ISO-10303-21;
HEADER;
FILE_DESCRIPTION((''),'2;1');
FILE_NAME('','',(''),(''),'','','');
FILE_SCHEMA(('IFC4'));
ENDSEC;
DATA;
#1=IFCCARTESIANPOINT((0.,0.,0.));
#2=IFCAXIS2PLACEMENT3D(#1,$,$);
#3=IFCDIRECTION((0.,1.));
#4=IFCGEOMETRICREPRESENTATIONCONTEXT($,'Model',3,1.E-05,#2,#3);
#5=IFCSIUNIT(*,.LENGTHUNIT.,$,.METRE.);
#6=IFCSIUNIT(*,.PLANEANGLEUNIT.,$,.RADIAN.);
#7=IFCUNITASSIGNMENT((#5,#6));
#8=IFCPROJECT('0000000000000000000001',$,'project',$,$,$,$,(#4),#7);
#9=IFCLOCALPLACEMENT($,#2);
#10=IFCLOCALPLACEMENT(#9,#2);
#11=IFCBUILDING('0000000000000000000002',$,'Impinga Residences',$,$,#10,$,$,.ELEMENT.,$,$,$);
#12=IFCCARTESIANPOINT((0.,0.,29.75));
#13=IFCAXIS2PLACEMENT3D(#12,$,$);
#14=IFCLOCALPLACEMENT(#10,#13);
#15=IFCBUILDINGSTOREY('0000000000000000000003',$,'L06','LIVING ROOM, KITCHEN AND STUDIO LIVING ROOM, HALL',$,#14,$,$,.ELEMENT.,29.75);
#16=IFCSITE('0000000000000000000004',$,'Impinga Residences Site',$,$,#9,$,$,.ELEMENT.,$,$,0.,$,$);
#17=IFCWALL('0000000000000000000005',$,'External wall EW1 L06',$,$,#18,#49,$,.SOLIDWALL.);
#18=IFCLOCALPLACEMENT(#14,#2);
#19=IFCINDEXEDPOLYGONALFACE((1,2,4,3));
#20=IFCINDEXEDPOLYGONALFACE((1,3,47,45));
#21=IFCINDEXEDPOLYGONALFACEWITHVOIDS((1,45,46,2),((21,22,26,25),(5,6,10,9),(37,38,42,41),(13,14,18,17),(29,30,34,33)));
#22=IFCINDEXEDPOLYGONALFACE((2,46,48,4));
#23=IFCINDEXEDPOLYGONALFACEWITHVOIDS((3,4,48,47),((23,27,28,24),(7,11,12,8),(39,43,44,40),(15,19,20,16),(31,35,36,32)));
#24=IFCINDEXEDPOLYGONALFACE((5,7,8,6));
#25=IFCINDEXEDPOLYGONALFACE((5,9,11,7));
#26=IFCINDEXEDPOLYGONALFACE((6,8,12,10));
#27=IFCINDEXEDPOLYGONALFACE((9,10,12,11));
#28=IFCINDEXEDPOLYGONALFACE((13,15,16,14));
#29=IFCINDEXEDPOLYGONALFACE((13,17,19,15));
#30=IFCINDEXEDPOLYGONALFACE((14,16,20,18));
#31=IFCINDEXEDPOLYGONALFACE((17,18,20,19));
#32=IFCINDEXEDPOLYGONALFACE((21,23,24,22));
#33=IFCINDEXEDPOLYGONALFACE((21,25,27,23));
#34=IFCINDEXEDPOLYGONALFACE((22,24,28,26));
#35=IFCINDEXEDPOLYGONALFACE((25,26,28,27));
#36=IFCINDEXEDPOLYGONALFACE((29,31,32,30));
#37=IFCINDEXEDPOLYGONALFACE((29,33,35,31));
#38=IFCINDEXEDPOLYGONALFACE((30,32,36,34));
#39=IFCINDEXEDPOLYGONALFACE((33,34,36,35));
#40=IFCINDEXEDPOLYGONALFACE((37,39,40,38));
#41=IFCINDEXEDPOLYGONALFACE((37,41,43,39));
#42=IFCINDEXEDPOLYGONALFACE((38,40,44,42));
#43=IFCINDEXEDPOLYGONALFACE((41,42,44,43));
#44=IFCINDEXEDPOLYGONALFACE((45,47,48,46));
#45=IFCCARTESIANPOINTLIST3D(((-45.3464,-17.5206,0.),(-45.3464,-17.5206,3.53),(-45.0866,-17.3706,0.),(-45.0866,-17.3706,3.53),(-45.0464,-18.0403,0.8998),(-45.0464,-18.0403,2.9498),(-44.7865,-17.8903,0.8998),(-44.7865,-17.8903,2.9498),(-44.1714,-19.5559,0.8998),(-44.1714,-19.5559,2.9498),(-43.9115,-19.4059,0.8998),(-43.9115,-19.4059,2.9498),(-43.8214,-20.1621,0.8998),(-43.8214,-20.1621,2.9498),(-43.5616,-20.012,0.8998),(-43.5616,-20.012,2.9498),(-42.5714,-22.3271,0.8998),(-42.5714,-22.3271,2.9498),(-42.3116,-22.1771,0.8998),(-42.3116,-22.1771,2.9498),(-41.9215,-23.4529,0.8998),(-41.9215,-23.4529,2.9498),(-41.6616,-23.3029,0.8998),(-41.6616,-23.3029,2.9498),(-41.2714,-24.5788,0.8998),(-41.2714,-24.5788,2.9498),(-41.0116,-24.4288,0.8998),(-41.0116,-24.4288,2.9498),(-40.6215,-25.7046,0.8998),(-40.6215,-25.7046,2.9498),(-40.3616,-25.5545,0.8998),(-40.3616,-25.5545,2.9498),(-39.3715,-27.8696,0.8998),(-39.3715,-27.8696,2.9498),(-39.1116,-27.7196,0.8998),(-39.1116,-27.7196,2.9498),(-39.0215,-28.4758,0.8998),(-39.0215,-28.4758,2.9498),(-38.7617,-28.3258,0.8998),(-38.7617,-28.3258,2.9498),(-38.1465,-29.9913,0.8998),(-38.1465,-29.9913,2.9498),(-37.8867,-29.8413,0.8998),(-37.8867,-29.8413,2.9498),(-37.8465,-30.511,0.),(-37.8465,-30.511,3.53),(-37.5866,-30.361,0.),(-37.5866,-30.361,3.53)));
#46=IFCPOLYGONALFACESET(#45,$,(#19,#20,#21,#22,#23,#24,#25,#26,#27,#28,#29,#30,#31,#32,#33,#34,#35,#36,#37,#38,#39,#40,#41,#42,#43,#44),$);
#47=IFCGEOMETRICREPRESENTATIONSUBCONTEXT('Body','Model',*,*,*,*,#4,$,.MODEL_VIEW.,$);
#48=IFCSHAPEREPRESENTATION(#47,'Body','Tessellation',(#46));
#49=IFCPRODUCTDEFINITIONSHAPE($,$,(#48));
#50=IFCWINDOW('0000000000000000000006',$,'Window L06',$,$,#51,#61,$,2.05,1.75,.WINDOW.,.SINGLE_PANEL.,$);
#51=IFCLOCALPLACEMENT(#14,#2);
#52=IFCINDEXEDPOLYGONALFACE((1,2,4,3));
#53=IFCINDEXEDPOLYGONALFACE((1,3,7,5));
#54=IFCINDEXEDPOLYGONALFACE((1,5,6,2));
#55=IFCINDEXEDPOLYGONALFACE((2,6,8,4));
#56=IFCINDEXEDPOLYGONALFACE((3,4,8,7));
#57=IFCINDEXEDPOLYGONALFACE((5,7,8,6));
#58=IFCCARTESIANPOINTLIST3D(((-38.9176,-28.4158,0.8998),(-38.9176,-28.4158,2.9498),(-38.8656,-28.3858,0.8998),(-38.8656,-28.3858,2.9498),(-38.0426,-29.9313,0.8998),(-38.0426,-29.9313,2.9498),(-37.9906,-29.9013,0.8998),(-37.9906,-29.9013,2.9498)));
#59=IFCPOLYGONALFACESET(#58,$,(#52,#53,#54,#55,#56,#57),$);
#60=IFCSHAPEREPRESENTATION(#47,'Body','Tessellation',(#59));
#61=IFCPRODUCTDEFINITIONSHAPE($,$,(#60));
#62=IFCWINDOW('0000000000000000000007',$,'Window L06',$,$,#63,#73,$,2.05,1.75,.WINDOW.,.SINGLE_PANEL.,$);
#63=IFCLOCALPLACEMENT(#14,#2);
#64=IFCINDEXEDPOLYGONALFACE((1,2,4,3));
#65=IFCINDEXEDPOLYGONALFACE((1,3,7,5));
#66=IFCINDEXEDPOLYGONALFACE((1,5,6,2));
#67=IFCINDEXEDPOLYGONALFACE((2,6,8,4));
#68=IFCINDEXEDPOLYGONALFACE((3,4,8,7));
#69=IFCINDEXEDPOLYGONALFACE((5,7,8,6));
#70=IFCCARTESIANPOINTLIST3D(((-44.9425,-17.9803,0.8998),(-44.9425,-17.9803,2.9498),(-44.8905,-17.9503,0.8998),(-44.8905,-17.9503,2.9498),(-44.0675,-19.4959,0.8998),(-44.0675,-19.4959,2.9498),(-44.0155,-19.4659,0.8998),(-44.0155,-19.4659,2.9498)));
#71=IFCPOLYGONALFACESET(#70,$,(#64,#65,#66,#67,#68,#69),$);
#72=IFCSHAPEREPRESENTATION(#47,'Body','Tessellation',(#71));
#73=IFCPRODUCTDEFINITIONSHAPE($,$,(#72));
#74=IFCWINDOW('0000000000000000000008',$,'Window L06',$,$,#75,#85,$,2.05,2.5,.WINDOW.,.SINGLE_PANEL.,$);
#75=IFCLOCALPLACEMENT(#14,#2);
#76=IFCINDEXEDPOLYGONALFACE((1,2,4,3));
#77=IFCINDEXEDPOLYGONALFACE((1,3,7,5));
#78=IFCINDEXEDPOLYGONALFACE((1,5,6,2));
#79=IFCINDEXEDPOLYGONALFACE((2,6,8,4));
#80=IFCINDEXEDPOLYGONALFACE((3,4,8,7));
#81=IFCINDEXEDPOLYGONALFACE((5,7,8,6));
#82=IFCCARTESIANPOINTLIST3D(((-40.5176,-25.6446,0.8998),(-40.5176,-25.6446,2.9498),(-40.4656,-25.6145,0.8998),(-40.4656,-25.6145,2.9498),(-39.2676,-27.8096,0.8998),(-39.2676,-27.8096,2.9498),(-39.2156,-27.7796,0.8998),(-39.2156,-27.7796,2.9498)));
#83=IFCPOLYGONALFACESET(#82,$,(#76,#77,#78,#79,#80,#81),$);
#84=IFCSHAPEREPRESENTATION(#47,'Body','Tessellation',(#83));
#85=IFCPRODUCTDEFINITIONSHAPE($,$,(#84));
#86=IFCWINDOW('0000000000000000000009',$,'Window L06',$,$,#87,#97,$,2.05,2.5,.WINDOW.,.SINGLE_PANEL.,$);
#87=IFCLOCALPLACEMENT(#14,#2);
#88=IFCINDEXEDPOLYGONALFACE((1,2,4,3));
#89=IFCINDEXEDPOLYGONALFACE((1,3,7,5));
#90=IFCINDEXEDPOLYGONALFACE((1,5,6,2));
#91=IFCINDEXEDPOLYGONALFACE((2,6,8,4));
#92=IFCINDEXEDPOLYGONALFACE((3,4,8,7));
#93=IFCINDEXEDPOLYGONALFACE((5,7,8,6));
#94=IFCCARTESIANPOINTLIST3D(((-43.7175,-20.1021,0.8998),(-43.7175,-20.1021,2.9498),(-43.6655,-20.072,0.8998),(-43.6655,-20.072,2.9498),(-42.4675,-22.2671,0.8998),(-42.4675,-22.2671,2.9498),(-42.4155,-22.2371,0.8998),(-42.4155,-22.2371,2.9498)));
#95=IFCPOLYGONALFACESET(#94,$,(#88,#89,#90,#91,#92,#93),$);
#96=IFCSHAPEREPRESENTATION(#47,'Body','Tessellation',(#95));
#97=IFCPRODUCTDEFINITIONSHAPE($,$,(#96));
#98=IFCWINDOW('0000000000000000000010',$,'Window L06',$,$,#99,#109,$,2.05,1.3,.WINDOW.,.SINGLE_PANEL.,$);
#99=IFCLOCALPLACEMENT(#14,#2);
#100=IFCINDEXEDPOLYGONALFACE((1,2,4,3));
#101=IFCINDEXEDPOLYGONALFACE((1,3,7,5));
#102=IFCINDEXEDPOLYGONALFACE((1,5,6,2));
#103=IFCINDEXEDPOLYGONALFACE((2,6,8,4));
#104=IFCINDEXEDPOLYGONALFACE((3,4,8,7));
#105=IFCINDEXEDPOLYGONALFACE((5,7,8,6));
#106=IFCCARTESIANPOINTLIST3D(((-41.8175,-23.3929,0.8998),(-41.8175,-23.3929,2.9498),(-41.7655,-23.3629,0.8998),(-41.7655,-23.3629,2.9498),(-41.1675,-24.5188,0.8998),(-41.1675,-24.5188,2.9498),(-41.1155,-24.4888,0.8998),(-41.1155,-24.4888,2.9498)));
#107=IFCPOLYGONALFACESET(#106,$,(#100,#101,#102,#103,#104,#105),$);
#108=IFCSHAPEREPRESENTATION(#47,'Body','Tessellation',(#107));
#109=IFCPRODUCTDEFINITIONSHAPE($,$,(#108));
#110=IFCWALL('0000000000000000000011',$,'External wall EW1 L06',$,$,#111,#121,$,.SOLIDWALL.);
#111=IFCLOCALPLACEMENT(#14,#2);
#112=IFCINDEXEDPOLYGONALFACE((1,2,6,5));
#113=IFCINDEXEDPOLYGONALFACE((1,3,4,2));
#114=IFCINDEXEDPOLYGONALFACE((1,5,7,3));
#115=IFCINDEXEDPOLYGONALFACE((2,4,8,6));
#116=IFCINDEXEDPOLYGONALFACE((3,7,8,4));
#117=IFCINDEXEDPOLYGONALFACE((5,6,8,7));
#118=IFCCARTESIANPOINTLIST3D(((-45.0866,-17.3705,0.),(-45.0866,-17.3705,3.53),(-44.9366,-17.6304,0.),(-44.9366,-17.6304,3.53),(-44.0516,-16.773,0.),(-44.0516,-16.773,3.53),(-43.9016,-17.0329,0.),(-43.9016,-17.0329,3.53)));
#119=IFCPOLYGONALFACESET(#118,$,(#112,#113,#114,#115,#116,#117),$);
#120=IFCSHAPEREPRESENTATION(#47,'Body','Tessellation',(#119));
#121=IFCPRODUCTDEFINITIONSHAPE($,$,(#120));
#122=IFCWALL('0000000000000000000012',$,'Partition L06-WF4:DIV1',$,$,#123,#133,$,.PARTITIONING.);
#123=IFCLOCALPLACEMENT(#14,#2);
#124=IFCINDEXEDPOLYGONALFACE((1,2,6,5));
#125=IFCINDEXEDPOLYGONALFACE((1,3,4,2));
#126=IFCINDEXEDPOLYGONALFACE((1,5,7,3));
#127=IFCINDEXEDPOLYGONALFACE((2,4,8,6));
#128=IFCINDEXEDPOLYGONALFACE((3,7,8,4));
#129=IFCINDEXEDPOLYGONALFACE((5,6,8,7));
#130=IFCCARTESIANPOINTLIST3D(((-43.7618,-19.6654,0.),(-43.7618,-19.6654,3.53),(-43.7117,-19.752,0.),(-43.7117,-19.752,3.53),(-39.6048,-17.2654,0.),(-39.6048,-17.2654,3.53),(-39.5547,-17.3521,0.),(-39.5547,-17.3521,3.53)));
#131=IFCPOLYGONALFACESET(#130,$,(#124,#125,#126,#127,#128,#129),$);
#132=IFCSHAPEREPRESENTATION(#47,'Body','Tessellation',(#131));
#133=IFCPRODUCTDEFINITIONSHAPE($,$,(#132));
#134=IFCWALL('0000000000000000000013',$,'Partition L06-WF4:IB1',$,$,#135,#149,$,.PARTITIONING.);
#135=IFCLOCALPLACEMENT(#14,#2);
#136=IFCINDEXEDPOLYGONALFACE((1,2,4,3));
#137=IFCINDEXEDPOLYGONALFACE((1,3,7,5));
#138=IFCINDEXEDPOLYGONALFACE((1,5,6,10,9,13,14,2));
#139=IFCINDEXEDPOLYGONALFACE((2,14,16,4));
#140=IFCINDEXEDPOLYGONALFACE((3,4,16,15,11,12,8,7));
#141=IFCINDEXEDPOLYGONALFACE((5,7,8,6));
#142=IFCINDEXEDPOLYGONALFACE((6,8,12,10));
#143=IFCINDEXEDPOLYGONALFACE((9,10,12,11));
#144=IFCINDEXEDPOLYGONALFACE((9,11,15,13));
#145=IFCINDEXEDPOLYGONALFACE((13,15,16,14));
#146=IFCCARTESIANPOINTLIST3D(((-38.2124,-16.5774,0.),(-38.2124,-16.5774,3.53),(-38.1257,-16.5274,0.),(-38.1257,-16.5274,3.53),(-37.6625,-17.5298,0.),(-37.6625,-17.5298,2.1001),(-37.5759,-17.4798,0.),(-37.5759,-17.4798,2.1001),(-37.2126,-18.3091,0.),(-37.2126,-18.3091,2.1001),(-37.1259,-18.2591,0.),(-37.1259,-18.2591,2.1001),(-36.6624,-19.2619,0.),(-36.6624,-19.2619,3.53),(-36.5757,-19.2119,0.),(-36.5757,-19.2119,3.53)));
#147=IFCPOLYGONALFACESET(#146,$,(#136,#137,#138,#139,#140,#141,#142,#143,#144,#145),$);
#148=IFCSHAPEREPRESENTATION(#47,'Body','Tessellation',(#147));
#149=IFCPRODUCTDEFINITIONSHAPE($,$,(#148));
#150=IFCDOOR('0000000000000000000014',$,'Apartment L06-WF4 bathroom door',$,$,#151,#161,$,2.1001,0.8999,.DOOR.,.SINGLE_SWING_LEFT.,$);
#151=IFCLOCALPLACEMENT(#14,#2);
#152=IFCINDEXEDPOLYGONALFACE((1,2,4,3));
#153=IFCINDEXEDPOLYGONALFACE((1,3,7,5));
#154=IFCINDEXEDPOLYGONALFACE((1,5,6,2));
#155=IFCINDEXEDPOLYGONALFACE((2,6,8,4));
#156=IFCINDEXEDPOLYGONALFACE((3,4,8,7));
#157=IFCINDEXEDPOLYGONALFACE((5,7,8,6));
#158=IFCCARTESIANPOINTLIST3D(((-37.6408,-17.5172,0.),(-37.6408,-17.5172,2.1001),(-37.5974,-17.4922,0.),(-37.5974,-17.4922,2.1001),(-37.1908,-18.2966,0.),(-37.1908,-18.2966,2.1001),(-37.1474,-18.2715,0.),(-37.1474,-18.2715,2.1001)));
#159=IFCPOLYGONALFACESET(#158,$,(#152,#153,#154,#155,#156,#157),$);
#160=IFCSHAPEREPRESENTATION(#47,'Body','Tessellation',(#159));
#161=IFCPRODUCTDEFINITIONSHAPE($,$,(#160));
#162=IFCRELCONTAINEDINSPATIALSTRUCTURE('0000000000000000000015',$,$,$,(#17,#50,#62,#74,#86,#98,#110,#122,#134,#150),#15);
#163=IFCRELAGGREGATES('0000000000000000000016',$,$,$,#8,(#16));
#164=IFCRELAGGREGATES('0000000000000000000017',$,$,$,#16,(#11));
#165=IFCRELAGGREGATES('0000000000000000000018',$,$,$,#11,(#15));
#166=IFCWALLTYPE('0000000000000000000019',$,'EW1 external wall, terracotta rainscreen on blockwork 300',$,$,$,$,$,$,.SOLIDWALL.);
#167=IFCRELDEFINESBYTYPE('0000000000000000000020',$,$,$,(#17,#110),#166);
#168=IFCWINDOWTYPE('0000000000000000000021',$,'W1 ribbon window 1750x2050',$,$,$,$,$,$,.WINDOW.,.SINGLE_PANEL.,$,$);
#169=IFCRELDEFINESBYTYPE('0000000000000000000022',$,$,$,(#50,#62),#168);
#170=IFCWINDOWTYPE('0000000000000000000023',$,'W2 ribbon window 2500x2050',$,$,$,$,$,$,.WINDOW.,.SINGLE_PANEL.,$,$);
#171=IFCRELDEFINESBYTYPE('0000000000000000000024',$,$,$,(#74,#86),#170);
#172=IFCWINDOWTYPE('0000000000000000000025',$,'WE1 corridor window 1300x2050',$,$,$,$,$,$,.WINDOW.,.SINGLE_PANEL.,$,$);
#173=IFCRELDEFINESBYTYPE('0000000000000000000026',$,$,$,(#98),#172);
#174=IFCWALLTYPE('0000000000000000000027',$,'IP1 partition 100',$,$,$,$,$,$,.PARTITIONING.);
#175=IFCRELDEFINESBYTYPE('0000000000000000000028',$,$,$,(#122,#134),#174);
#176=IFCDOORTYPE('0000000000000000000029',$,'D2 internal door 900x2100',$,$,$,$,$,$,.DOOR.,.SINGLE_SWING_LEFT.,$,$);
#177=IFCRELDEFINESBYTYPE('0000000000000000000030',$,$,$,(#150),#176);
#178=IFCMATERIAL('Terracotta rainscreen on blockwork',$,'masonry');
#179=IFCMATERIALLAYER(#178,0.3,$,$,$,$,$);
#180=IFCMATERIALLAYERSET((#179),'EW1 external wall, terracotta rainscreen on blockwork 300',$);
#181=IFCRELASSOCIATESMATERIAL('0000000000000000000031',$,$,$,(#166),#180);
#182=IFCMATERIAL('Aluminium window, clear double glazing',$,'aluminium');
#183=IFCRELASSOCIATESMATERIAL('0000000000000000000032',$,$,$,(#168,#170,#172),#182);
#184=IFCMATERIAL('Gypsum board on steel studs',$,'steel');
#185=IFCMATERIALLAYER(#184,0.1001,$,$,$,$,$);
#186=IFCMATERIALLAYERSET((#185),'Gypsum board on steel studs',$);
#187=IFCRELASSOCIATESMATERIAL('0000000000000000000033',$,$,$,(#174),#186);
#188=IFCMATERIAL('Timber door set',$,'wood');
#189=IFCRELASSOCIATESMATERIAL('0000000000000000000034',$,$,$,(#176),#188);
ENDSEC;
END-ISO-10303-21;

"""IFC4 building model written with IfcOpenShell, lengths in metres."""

from ifc_helpers import new_model, si_unit, direction, frame, frame_2d, origin, place, context, subcontext, project, spatial, rectangle, extrude, material, layer, layer_set, type_object, element, fill, save


model = new_model("IFC4")

# Units and contexts
model_context = context("Model", 3, precision=1e-05, world=origin(), true_north=direction((0.0, 1.0)))
body_context = subcontext(model_context, "Body", "Model", "MODEL_VIEW")
ifc_project = project(units=[si_unit("LENGTHUNIT", "METRE"), si_unit("PLANEANGLEUNIT", "RADIAN")], contexts=[model_context])

# Site, building, storey
site_placement = place(None, origin())
site = spatial("IfcSite", under=ifc_project, at=site_placement, Name="Impinga Residences Site", CompositionType="ELEMENT", RefElevation=0.0)
building_placement = place(site_placement, origin())
building = spatial("IfcBuilding", under=site, at=building_placement, Name="Impinga Residences", CompositionType="ELEMENT")
storey_placement = place(building_placement, frame((0.0, 0.0, 29.75)))
storey = spatial("IfcBuildingStorey", under=building, at=storey_placement, Name="L06", Description="LIVING ROOM, KITCHEN AND STUDIO LIVING ROOM, HALL", CompositionType="ELEMENT", Elevation=29.75)

# Shared definitions
ifc_material_1 = material(Name="Terracotta rainscreen on blockwork", Category="masonry")
ifc_layer_1 = layer(ifc_material_1, 0.3)
ifc_layer_set_1 = layer_set([ifc_layer_1], Name="EW1 external wall, terracotta rainscreen on blockwork 300")
wall_type_1 = type_object("IfcWallType", Name="EW1 external wall, terracotta rainscreen on blockwork 300", PredefinedType="SOLIDWALL", material=ifc_layer_set_1)

# Wall, openings, windows
wall_1_placement = place(storey_placement, frame((-37.7166, -30.436, 0.0), z_axis=(0.0, 0.0, 1.0), x_axis=(-0.499997, 0.866027, 0.0)))
wall_1 = element("IfcWall", 1, at=wall_1_placement, inside=storey, type_object=wall_type_1, Name="External wall EW1 L06", PredefinedType="SOLIDWALL", context=body_context, shape_type="SweptSolid", body=[
    extrude(rectangle(XDim=15.0, YDim=0.3, at=frame_2d((7.5, 0.0))), origin(), (0.0, 0.0, 1.0), 3.53),
])
opening_1_placement = place(wall_1_placement, frame((0.6001, 0.0, 0.8999)))
opening_1 = element("IfcOpeningElement", 2, at=opening_1_placement, cuts=wall_1, PredefinedType="OPENING", context=body_context, shape_type="SweptSolid", body=[
    extrude(rectangle(XDim=1.75, YDim=2.05, at=frame_2d((0.875, 1.0249))), frame((0.0, 0.1599, 0.0), z_axis=(0.0, -1.0, 0.0), x_axis=(1.0, 0.0, 0.0)), (0.0, 0.0, 1.0), 0.3201),
])
opening_2_placement = place(wall_1_placement, frame((3.05, 0.0, 0.8999)))
opening_2 = element("IfcOpeningElement", 3, at=opening_2_placement, cuts=wall_1, PredefinedType="OPENING", context=body_context, shape_type="SweptSolid", body=[
    extrude(rectangle(XDim=2.5, YDim=2.05, at=frame_2d((1.25, 1.0249))), frame((0.0, 0.1599, 0.0), z_axis=(0.0, -1.0, 0.0), x_axis=(1.0, 0.0, 0.0)), (0.0, 0.0, 1.0), 0.3201),
])
opening_3_placement = place(wall_1_placement, frame((6.8501, 0.0, 0.8999)))
opening_3 = element("IfcOpeningElement", 4, at=opening_3_placement, cuts=wall_1, PredefinedType="OPENING", context=body_context, shape_type="SweptSolid", body=[
    extrude(rectangle(XDim=1.3, YDim=2.05, at=frame_2d((0.6499, 1.0249))), frame((0.0, 0.1599, 0.0), z_axis=(0.0, -1.0, 0.0), x_axis=(1.0, 0.0, 0.0)), (0.0, 0.0, 1.0), 0.3201),
])
opening_4_placement = place(wall_1_placement, frame((9.45, 0.0, 0.8999)))
opening_4 = element("IfcOpeningElement", 5, at=opening_4_placement, cuts=wall_1, PredefinedType="OPENING", context=body_context, shape_type="SweptSolid", body=[
    extrude(rectangle(XDim=2.5, YDim=2.05, at=frame_2d((1.25, 1.0249))), frame((0.0, 0.1599, 0.0), z_axis=(0.0, -1.0, 0.0), x_axis=(1.0, 0.0, 0.0)), (0.0, 0.0, 1.0), 0.3201),
])
opening_5_placement = place(wall_1_placement, frame((12.6499, 0.0, 0.8999)))
opening_5 = element("IfcOpeningElement", 6, at=opening_5_placement, cuts=wall_1, PredefinedType="OPENING", context=body_context, shape_type="SweptSolid", body=[
    extrude(rectangle(XDim=1.75, YDim=2.05, at=frame_2d((0.875, 1.0249))), frame((0.0, 0.1599, 0.0), z_axis=(0.0, -1.0, 0.0), x_axis=(1.0, 0.0, 0.0)), (0.0, 0.0, 1.0), 0.3201),
])
ifc_material_2 = material(Name="Aluminium window, clear double glazing", Category="aluminium")
window_type_1 = type_object("IfcWindowType", Name="W1 ribbon window 1750x2050", PartitioningType="SINGLE_PANEL", PredefinedType="WINDOW", material=ifc_material_2)
window_1_placement = place(opening_1_placement, origin())
window_1 = element("IfcWindow", 7, at=window_1_placement, inside=storey, type_object=window_type_1, Name="Window L06", OverallHeight=2.05, OverallWidth=1.75, PartitioningType="SINGLE_PANEL", PredefinedType="WINDOW", context=body_context, shape_type="SweptSolid", body=[
    extrude(rectangle(XDim=1.75, YDim=2.05, at=frame_2d((0.875, 1.0249))), frame((0.0, 0.03, 0.0), z_axis=(0.0, -1.0, 0.0), x_axis=(1.0, 0.0, 0.0)), (0.0, 0.0, 1.0), 0.0601),
])
fill(opening_1, window_1)
window_2_placement = place(opening_5_placement, origin())
window_2 = element("IfcWindow", 8, at=window_2_placement, inside=storey, type_object=window_type_1, Name="Window L06", OverallHeight=2.05, OverallWidth=1.75, PartitioningType="SINGLE_PANEL", PredefinedType="WINDOW", context=body_context, shape_type="SweptSolid", body=[
    extrude(rectangle(XDim=1.75, YDim=2.05, at=frame_2d((0.875, 1.0249))), frame((0.0, 0.03, 0.0), z_axis=(0.0, -1.0, 0.0), x_axis=(1.0, 0.0, 0.0)), (0.0, 0.0, 1.0), 0.0601),
])
fill(opening_5, window_2)
window_type_2 = type_object("IfcWindowType", Name="W2 ribbon window 2500x2050", PartitioningType="SINGLE_PANEL", PredefinedType="WINDOW", material=ifc_material_2)
window_3_placement = place(opening_2_placement, origin())
window_3 = element("IfcWindow", 9, at=window_3_placement, inside=storey, type_object=window_type_2, Name="Window L06", OverallHeight=2.05, OverallWidth=2.5, PartitioningType="SINGLE_PANEL", PredefinedType="WINDOW", context=body_context, shape_type="SweptSolid", body=[
    extrude(rectangle(XDim=2.5, YDim=2.05, at=frame_2d((1.25, 1.0249))), frame((0.0, 0.03, 0.0), z_axis=(0.0, -1.0, 0.0), x_axis=(1.0, 0.0, 0.0)), (0.0, 0.0, 1.0), 0.0601),
])
fill(opening_2, window_3)
window_4_placement = place(opening_4_placement, origin())
window_4 = element("IfcWindow", 10, at=window_4_placement, inside=storey, type_object=window_type_2, Name="Window L06", OverallHeight=2.05, OverallWidth=2.5, PartitioningType="SINGLE_PANEL", PredefinedType="WINDOW", context=body_context, shape_type="SweptSolid", body=[
    extrude(rectangle(XDim=2.5, YDim=2.05, at=frame_2d((1.25, 1.0249))), frame((0.0, 0.03, 0.0), z_axis=(0.0, -1.0, 0.0), x_axis=(1.0, 0.0, 0.0)), (0.0, 0.0, 1.0), 0.0601),
])
fill(opening_4, window_4)
window_type_3 = type_object("IfcWindowType", Name="WE1 corridor window 1300x2050", PartitioningType="SINGLE_PANEL", PredefinedType="WINDOW", material=ifc_material_2)
window_5_placement = place(opening_3_placement, origin())
window_5 = element("IfcWindow", 11, at=window_5_placement, inside=storey, type_object=window_type_3, Name="Window L06", OverallHeight=2.05, OverallWidth=1.3, PartitioningType="SINGLE_PANEL", PredefinedType="WINDOW", context=body_context, shape_type="SweptSolid", body=[
    extrude(rectangle(XDim=1.3, YDim=2.05, at=frame_2d((0.6499, 1.0249))), frame((0.0, 0.03, 0.0), z_axis=(0.0, -1.0, 0.0), x_axis=(1.0, 0.0, 0.0)), (0.0, 0.0, 1.0), 0.0601),
])
fill(opening_3, window_5)

# Walls
wall_2_placement = place(storey_placement, frame((-45.0117, -17.5005, 0.0), z_axis=(0.0, 0.0, 1.0), x_axis=(0.86606, 0.499941, 0.0)))
element("IfcWall", 12, at=wall_2_placement, inside=storey, type_object=wall_type_1, Name="External wall EW1 L06", PredefinedType="SOLIDWALL", context=body_context, shape_type="SweptSolid", body=[
    extrude(rectangle(XDim=1.1951, YDim=0.3, at=frame_2d((0.5977, 0.0))), origin(), (0.0, 0.0, 1.0), 3.53),
])
ifc_material_3 = material(Name="Gypsum board on steel studs", Category="steel")
ifc_layer_2 = layer(ifc_material_3, 0.1001)
ifc_layer_set_2 = layer_set([ifc_layer_2], Name="Gypsum board on steel studs")
wall_type_2 = type_object("IfcWallType", Name="IP1 partition 100", PredefinedType="PARTITIONING", material=ifc_layer_set_2)
wall_3_placement = place(storey_placement, frame((-39.5798, -17.3088, 0.0), z_axis=(0.0, 0.0, 1.0), x_axis=(-0.866037, -0.499979, 0.0)))
element("IfcWall", 13, at=wall_3_placement, inside=storey, type_object=wall_type_2, Name="Partition L06-WF4:DIV1", PredefinedType="PARTITIONING", context=body_context, shape_type="SweptSolid", body=[
    extrude(rectangle(XDim=4.8, YDim=0.1001, at=frame_2d((2.3999, 0.0))), origin(), (0.0, 0.0, 1.0), 3.53),
])

# Wall, opening, door
wall_4_placement = place(storey_placement, frame((-36.6191, -19.2368, 0.0), z_axis=(0.0, 0.0, 1.0), x_axis=(-0.500027, 0.86601, 0.0)))
wall_4 = element("IfcWall", 14, at=wall_4_placement, inside=storey, type_object=wall_type_2, Name="Partition L06-WF4:IB1", PredefinedType="PARTITIONING", context=body_context, shape_type="SweptSolid", body=[
    extrude(rectangle(XDim=3.0999, YDim=0.1001, at=frame_2d((1.5498, 0.0))), origin(), (0.0, 0.0, 1.0), 3.53),
])
opening_6_placement = place(wall_4_placement, frame((1.1001, 0.0, 0.0)))
opening_6 = element("IfcOpeningElement", 15, at=opening_6_placement, cuts=wall_4, PredefinedType="OPENING", context=body_context, shape_type="SweptSolid", body=[
    extrude(rectangle(XDim=0.8999, YDim=2.1001, at=frame_2d((0.45, 1.05))), frame((0.0, 0.0601, 0.0), z_axis=(0.0, -1.0, 0.0), x_axis=(1.0, 0.0, 0.0)), (0.0, 0.0, 1.0), 0.1201),
])
ifc_material_4 = material(Name="Timber door set", Category="wood")
door_type = type_object("IfcDoorType", Name="D2 internal door 900x2100", OperationType="SINGLE_SWING_LEFT", PredefinedType="DOOR", material=ifc_material_4)
door_placement = place(opening_6_placement, origin())
door = element("IfcDoor", 16, at=door_placement, inside=storey, type_object=door_type, Name="Apartment L06-WF4 bathroom door", OperationType="SINGLE_SWING_LEFT", OverallHeight=2.1001, OverallWidth=0.8999, PredefinedType="DOOR", context=body_context, shape_type="SweptSolid", body=[
    extrude(rectangle(XDim=0.8999, YDim=2.1001, at=frame_2d((0.45, 1.05))), frame((0.0, 0.0249, 0.0), z_axis=(0.0, -1.0, 0.0), x_axis=(1.0, 0.0, 0.0)), (0.0, 0.0, 1.0), 0.05),
])
fill(opening_6, door)

save(model, "model.ifc")
